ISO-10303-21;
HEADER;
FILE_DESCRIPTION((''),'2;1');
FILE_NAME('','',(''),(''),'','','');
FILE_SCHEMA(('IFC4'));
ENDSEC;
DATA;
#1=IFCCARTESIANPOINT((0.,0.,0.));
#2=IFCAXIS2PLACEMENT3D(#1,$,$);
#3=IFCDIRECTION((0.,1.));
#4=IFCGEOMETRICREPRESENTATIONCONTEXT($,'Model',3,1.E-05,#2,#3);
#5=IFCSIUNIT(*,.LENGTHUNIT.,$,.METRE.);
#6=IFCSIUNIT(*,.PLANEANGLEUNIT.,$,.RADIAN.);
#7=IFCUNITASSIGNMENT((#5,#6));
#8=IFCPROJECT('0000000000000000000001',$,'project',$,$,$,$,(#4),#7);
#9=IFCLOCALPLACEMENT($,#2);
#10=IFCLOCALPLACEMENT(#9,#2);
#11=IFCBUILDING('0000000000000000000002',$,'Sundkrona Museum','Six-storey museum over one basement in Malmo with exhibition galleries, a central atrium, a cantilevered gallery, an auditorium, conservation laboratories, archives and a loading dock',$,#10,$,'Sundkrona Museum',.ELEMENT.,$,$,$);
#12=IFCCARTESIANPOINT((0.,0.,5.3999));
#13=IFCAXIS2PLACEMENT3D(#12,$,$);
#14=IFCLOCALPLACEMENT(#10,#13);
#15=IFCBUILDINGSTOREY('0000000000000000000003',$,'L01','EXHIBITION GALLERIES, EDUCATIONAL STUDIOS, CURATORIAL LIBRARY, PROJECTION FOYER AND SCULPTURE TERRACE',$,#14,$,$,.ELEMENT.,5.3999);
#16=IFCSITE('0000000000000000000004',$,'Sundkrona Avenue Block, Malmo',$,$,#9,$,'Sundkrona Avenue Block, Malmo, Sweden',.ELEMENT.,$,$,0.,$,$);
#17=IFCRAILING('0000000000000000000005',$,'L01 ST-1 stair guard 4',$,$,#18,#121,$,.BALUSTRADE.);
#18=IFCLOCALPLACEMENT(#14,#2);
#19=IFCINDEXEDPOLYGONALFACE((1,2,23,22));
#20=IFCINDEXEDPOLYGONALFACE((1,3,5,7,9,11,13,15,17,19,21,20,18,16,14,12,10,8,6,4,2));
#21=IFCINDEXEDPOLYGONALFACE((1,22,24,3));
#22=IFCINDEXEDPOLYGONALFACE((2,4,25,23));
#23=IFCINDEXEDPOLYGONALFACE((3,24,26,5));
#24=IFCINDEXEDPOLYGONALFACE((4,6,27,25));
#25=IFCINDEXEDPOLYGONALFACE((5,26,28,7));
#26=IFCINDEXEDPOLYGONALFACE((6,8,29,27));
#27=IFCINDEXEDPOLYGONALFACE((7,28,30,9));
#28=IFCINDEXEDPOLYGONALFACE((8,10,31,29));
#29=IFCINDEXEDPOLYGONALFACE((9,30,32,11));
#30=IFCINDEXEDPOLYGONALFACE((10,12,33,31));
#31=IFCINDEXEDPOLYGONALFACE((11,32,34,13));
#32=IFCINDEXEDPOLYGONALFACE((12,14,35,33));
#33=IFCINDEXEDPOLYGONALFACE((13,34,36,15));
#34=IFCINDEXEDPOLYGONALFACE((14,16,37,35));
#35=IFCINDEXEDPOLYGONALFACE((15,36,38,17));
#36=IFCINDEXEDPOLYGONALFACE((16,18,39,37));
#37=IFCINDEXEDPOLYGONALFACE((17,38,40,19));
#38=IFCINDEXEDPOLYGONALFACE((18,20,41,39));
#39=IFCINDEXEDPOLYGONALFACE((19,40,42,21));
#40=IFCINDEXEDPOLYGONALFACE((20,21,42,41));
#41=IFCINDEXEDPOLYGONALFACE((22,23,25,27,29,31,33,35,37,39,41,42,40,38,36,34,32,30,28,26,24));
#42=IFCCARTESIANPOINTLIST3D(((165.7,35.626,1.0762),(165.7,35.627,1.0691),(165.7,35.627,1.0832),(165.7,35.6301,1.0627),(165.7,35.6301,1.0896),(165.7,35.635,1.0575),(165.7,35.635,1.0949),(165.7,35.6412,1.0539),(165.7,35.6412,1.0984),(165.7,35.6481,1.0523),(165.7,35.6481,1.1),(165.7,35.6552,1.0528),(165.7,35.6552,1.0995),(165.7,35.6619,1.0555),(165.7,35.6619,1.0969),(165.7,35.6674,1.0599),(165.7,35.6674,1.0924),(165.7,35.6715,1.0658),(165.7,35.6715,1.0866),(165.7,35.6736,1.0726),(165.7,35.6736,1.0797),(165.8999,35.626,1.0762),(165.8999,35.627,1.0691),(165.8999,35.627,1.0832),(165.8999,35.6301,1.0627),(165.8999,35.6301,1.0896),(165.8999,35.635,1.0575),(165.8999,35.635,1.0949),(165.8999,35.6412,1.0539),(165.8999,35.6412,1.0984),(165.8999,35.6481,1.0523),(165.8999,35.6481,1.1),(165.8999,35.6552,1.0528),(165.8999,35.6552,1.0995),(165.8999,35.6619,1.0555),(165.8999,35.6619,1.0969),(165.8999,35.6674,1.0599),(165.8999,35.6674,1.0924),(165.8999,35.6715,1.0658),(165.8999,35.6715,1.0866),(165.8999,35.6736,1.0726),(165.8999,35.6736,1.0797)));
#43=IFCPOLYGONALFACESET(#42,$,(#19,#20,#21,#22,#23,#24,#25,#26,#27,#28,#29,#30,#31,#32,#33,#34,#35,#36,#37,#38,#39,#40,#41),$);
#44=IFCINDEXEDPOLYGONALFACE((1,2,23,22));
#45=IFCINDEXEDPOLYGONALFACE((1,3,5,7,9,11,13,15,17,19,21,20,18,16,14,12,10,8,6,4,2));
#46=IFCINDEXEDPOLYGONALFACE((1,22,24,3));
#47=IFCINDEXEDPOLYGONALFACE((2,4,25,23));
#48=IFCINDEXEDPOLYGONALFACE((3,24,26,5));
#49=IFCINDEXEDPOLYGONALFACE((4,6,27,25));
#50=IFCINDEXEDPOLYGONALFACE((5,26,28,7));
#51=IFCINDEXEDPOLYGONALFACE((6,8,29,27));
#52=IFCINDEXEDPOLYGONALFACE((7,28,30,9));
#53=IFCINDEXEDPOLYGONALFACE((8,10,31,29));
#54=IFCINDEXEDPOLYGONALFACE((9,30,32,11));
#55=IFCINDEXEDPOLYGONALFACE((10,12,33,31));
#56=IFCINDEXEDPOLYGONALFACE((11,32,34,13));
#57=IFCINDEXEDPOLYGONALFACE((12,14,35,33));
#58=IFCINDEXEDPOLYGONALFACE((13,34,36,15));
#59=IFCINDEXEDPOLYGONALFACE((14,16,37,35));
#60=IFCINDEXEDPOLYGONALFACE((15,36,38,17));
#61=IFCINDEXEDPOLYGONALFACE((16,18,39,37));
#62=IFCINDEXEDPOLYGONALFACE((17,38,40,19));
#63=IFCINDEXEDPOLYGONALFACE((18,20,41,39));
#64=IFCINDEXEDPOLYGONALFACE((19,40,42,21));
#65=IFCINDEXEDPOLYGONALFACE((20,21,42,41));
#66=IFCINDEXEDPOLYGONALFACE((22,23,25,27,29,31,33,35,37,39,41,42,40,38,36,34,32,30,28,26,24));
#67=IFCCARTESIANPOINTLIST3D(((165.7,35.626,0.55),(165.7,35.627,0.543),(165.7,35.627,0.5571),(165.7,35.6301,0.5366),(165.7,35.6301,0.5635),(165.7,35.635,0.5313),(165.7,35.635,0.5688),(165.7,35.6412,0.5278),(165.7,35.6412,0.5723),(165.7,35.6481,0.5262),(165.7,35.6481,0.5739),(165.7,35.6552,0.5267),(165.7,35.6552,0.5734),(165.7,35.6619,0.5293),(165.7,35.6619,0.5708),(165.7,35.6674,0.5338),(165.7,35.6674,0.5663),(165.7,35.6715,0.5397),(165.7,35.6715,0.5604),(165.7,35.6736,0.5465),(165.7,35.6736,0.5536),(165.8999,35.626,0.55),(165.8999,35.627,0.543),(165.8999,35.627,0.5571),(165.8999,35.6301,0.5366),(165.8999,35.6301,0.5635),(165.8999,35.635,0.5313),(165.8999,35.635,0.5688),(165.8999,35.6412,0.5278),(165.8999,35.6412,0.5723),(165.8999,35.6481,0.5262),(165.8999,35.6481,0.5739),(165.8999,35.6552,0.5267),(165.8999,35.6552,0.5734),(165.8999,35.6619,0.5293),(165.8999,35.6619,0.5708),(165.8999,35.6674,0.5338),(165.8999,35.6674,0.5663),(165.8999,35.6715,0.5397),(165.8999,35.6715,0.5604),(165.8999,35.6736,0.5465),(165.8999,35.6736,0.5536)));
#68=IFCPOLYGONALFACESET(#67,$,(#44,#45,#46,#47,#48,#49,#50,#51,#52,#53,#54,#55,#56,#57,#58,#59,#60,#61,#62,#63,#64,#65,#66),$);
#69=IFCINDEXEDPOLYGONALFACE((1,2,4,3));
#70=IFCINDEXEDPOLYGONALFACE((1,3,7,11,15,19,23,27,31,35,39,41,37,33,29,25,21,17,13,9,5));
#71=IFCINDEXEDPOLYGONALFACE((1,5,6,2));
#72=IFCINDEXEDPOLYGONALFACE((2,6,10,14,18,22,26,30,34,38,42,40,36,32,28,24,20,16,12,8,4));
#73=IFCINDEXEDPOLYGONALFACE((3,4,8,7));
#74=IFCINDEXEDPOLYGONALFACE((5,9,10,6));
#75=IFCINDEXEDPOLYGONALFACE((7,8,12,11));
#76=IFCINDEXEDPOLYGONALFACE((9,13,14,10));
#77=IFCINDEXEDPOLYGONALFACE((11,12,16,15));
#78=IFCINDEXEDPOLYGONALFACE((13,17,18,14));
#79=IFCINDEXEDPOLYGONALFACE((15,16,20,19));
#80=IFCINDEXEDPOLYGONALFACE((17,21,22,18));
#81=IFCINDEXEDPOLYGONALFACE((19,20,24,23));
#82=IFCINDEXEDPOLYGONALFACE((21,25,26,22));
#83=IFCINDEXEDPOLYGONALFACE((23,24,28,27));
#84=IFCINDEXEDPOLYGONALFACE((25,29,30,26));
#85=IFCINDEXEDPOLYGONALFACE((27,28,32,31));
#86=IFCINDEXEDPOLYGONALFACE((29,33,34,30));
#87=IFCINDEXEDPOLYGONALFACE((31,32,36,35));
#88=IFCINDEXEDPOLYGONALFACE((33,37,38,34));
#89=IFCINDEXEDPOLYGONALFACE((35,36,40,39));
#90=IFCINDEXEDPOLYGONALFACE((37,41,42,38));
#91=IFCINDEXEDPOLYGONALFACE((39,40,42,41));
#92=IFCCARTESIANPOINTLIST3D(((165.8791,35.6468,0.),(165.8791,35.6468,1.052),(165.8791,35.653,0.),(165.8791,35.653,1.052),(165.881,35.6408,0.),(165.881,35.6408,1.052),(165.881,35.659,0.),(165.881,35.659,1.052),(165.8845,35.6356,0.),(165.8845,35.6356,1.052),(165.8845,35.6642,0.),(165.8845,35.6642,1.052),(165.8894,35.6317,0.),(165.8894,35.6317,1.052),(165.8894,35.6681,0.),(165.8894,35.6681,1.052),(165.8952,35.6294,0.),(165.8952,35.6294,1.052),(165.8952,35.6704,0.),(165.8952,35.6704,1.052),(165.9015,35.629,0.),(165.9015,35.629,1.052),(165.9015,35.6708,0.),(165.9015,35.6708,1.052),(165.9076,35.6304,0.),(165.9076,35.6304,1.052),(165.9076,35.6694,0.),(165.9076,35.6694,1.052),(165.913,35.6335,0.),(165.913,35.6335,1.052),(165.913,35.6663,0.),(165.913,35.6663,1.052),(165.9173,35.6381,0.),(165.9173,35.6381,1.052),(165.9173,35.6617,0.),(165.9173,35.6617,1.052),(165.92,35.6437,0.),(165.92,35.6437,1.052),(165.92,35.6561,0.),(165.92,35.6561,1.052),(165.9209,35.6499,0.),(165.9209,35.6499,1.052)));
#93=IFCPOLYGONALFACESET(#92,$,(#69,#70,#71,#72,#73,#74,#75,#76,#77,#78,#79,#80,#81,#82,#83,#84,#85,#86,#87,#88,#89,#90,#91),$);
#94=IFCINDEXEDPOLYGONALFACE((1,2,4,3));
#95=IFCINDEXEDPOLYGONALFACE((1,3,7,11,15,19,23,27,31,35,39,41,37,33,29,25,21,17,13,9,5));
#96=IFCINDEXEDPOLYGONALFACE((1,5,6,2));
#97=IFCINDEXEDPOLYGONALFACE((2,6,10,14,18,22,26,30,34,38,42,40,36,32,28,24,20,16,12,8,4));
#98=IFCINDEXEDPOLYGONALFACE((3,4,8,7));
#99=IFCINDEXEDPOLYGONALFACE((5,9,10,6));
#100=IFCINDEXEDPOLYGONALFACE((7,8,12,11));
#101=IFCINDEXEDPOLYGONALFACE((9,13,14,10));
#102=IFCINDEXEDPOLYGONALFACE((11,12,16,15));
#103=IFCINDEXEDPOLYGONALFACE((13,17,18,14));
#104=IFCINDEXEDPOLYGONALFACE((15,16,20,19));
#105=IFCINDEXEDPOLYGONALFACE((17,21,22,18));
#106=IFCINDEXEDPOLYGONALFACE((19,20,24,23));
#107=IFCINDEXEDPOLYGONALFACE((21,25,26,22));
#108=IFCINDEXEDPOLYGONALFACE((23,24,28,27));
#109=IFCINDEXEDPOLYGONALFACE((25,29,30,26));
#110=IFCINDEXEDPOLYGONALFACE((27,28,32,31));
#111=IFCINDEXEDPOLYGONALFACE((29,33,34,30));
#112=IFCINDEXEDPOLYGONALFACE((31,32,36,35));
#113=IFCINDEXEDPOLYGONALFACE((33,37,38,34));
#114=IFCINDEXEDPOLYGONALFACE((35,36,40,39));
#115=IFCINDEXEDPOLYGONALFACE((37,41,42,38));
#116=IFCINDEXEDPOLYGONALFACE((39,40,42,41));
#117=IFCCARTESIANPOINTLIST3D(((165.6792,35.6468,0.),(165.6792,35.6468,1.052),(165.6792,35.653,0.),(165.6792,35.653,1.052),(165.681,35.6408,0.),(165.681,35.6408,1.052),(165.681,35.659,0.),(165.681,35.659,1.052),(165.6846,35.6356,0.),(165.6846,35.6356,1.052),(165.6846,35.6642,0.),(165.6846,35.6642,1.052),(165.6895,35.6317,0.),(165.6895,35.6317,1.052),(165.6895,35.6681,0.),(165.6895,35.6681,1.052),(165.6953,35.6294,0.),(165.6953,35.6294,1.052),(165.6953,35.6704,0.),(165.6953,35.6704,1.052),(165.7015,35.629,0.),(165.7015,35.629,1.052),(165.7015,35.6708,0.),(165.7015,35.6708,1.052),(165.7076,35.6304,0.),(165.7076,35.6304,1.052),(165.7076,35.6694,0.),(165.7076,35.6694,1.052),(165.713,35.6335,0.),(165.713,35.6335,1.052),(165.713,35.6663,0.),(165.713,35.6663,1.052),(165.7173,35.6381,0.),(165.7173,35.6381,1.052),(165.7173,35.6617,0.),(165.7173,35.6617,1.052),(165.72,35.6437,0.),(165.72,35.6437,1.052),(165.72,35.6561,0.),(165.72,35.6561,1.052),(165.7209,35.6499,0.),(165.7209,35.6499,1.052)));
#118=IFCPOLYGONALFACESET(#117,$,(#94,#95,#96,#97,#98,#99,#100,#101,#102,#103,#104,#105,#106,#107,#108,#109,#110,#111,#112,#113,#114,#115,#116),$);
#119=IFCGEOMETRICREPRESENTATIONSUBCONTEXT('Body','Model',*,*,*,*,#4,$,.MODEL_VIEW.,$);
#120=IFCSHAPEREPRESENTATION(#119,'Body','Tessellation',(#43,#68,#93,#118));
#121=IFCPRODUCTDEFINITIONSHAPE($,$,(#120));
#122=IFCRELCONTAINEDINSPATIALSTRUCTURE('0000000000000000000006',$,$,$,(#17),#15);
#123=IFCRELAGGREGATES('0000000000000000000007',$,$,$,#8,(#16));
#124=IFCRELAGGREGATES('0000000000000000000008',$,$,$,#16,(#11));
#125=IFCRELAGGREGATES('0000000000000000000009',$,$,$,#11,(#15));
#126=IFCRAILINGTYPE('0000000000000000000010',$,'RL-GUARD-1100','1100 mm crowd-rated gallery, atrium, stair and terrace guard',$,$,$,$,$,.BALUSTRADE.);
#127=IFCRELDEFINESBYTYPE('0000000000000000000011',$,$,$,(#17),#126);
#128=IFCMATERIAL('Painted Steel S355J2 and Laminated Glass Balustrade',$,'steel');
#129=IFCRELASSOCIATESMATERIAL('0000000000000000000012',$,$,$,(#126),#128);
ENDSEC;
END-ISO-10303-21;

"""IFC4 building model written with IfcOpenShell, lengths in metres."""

from ifc_helpers import new_model, si_unit, direction, frame, origin, origin_2d, place, context, subcontext, project, spatial, circle, extrude, material, type_object, element, save


model = new_model("IFC4")

# Units and contexts
model_context = context("Model", 3, precision=1e-05, world=origin(), true_north=direction((0.0, 1.0)))
body_context = subcontext(model_context, "Body", "Model", "MODEL_VIEW")
ifc_project = project(units=[si_unit("LENGTHUNIT", "METRE"), si_unit("PLANEANGLEUNIT", "RADIAN")], contexts=[model_context])

# Site, building, storey
site_placement = place(None, origin())
site = spatial("IfcSite", under=ifc_project, at=site_placement, Name="Sundkrona Avenue Block, Malmo", LongName="Sundkrona Avenue Block, Malmo, Sweden", CompositionType="ELEMENT", RefElevation=0.0)
building_placement = place(site_placement, origin())
building = spatial("IfcBuilding", under=site, at=building_placement, Name="Sundkrona Museum", Description="Six-storey museum over one basement in Malmo with exhibition galleries, a central atrium, a cantilevered gallery, an auditorium, conservation laboratories, archives and a loading dock", LongName="Sundkrona Museum", CompositionType="ELEMENT")
storey_placement = place(building_placement, frame((0.0, 0.0, 5.3999)))
storey = spatial("IfcBuildingStorey", under=building, at=storey_placement, Name="L01", Description="EXHIBITION GALLERIES, EDUCATIONAL STUDIOS, CURATORIAL LIBRARY, PROJECTION FOYER AND SCULPTURE TERRACE", CompositionType="ELEMENT", Elevation=5.3999)

# Railing
ifc_material_1 = material(Name="Painted Steel S355J2 and Laminated Glass Balustrade", Category="steel")
railing_type_1 = type_object("IfcRailingType", Name="RL-GUARD-1100", Description="1100 mm crowd-rated gallery, atrium, stair and terrace guard", PredefinedType="BALUSTRADE", material=ifc_material_1)
railing_1_placement = place(storey_placement, frame((165.8999, 35.6499, 0.0)))
element("IfcRailing", 1, at=railing_1_placement, inside=storey, type_object=railing_type_1, Name="L01 ST-1 stair guard 4", PredefinedType="BALUSTRADE", context=body_context, shape_type="SweptSolid", body=[
    extrude(circle(Radius=0.0239, at=origin_2d()), frame((0.0, 0.0, 1.0762), z_axis=(-1.0, 0.0, 0.0), x_axis=(0.0, -1.0, 0.0)), (0.0, 0.0, 1.0), 0.2),
    extrude(circle(Radius=0.0239, at=origin_2d()), frame((0.0, 0.0, 0.55), z_axis=(-1.0, 0.0, 0.0), x_axis=(0.0, -1.0, 0.0)), (0.0, 0.0, 1.0), 0.2),
    extrude(circle(Radius=0.021, at=origin_2d()), origin(), (0.0, 0.0, 1.0), 1.052),
    extrude(circle(Radius=0.021, at=origin_2d()), frame((-0.2, 0.0, 0.0)), (0.0, 0.0, 1.0), 1.052),
])

save(model, "model.ifc")
